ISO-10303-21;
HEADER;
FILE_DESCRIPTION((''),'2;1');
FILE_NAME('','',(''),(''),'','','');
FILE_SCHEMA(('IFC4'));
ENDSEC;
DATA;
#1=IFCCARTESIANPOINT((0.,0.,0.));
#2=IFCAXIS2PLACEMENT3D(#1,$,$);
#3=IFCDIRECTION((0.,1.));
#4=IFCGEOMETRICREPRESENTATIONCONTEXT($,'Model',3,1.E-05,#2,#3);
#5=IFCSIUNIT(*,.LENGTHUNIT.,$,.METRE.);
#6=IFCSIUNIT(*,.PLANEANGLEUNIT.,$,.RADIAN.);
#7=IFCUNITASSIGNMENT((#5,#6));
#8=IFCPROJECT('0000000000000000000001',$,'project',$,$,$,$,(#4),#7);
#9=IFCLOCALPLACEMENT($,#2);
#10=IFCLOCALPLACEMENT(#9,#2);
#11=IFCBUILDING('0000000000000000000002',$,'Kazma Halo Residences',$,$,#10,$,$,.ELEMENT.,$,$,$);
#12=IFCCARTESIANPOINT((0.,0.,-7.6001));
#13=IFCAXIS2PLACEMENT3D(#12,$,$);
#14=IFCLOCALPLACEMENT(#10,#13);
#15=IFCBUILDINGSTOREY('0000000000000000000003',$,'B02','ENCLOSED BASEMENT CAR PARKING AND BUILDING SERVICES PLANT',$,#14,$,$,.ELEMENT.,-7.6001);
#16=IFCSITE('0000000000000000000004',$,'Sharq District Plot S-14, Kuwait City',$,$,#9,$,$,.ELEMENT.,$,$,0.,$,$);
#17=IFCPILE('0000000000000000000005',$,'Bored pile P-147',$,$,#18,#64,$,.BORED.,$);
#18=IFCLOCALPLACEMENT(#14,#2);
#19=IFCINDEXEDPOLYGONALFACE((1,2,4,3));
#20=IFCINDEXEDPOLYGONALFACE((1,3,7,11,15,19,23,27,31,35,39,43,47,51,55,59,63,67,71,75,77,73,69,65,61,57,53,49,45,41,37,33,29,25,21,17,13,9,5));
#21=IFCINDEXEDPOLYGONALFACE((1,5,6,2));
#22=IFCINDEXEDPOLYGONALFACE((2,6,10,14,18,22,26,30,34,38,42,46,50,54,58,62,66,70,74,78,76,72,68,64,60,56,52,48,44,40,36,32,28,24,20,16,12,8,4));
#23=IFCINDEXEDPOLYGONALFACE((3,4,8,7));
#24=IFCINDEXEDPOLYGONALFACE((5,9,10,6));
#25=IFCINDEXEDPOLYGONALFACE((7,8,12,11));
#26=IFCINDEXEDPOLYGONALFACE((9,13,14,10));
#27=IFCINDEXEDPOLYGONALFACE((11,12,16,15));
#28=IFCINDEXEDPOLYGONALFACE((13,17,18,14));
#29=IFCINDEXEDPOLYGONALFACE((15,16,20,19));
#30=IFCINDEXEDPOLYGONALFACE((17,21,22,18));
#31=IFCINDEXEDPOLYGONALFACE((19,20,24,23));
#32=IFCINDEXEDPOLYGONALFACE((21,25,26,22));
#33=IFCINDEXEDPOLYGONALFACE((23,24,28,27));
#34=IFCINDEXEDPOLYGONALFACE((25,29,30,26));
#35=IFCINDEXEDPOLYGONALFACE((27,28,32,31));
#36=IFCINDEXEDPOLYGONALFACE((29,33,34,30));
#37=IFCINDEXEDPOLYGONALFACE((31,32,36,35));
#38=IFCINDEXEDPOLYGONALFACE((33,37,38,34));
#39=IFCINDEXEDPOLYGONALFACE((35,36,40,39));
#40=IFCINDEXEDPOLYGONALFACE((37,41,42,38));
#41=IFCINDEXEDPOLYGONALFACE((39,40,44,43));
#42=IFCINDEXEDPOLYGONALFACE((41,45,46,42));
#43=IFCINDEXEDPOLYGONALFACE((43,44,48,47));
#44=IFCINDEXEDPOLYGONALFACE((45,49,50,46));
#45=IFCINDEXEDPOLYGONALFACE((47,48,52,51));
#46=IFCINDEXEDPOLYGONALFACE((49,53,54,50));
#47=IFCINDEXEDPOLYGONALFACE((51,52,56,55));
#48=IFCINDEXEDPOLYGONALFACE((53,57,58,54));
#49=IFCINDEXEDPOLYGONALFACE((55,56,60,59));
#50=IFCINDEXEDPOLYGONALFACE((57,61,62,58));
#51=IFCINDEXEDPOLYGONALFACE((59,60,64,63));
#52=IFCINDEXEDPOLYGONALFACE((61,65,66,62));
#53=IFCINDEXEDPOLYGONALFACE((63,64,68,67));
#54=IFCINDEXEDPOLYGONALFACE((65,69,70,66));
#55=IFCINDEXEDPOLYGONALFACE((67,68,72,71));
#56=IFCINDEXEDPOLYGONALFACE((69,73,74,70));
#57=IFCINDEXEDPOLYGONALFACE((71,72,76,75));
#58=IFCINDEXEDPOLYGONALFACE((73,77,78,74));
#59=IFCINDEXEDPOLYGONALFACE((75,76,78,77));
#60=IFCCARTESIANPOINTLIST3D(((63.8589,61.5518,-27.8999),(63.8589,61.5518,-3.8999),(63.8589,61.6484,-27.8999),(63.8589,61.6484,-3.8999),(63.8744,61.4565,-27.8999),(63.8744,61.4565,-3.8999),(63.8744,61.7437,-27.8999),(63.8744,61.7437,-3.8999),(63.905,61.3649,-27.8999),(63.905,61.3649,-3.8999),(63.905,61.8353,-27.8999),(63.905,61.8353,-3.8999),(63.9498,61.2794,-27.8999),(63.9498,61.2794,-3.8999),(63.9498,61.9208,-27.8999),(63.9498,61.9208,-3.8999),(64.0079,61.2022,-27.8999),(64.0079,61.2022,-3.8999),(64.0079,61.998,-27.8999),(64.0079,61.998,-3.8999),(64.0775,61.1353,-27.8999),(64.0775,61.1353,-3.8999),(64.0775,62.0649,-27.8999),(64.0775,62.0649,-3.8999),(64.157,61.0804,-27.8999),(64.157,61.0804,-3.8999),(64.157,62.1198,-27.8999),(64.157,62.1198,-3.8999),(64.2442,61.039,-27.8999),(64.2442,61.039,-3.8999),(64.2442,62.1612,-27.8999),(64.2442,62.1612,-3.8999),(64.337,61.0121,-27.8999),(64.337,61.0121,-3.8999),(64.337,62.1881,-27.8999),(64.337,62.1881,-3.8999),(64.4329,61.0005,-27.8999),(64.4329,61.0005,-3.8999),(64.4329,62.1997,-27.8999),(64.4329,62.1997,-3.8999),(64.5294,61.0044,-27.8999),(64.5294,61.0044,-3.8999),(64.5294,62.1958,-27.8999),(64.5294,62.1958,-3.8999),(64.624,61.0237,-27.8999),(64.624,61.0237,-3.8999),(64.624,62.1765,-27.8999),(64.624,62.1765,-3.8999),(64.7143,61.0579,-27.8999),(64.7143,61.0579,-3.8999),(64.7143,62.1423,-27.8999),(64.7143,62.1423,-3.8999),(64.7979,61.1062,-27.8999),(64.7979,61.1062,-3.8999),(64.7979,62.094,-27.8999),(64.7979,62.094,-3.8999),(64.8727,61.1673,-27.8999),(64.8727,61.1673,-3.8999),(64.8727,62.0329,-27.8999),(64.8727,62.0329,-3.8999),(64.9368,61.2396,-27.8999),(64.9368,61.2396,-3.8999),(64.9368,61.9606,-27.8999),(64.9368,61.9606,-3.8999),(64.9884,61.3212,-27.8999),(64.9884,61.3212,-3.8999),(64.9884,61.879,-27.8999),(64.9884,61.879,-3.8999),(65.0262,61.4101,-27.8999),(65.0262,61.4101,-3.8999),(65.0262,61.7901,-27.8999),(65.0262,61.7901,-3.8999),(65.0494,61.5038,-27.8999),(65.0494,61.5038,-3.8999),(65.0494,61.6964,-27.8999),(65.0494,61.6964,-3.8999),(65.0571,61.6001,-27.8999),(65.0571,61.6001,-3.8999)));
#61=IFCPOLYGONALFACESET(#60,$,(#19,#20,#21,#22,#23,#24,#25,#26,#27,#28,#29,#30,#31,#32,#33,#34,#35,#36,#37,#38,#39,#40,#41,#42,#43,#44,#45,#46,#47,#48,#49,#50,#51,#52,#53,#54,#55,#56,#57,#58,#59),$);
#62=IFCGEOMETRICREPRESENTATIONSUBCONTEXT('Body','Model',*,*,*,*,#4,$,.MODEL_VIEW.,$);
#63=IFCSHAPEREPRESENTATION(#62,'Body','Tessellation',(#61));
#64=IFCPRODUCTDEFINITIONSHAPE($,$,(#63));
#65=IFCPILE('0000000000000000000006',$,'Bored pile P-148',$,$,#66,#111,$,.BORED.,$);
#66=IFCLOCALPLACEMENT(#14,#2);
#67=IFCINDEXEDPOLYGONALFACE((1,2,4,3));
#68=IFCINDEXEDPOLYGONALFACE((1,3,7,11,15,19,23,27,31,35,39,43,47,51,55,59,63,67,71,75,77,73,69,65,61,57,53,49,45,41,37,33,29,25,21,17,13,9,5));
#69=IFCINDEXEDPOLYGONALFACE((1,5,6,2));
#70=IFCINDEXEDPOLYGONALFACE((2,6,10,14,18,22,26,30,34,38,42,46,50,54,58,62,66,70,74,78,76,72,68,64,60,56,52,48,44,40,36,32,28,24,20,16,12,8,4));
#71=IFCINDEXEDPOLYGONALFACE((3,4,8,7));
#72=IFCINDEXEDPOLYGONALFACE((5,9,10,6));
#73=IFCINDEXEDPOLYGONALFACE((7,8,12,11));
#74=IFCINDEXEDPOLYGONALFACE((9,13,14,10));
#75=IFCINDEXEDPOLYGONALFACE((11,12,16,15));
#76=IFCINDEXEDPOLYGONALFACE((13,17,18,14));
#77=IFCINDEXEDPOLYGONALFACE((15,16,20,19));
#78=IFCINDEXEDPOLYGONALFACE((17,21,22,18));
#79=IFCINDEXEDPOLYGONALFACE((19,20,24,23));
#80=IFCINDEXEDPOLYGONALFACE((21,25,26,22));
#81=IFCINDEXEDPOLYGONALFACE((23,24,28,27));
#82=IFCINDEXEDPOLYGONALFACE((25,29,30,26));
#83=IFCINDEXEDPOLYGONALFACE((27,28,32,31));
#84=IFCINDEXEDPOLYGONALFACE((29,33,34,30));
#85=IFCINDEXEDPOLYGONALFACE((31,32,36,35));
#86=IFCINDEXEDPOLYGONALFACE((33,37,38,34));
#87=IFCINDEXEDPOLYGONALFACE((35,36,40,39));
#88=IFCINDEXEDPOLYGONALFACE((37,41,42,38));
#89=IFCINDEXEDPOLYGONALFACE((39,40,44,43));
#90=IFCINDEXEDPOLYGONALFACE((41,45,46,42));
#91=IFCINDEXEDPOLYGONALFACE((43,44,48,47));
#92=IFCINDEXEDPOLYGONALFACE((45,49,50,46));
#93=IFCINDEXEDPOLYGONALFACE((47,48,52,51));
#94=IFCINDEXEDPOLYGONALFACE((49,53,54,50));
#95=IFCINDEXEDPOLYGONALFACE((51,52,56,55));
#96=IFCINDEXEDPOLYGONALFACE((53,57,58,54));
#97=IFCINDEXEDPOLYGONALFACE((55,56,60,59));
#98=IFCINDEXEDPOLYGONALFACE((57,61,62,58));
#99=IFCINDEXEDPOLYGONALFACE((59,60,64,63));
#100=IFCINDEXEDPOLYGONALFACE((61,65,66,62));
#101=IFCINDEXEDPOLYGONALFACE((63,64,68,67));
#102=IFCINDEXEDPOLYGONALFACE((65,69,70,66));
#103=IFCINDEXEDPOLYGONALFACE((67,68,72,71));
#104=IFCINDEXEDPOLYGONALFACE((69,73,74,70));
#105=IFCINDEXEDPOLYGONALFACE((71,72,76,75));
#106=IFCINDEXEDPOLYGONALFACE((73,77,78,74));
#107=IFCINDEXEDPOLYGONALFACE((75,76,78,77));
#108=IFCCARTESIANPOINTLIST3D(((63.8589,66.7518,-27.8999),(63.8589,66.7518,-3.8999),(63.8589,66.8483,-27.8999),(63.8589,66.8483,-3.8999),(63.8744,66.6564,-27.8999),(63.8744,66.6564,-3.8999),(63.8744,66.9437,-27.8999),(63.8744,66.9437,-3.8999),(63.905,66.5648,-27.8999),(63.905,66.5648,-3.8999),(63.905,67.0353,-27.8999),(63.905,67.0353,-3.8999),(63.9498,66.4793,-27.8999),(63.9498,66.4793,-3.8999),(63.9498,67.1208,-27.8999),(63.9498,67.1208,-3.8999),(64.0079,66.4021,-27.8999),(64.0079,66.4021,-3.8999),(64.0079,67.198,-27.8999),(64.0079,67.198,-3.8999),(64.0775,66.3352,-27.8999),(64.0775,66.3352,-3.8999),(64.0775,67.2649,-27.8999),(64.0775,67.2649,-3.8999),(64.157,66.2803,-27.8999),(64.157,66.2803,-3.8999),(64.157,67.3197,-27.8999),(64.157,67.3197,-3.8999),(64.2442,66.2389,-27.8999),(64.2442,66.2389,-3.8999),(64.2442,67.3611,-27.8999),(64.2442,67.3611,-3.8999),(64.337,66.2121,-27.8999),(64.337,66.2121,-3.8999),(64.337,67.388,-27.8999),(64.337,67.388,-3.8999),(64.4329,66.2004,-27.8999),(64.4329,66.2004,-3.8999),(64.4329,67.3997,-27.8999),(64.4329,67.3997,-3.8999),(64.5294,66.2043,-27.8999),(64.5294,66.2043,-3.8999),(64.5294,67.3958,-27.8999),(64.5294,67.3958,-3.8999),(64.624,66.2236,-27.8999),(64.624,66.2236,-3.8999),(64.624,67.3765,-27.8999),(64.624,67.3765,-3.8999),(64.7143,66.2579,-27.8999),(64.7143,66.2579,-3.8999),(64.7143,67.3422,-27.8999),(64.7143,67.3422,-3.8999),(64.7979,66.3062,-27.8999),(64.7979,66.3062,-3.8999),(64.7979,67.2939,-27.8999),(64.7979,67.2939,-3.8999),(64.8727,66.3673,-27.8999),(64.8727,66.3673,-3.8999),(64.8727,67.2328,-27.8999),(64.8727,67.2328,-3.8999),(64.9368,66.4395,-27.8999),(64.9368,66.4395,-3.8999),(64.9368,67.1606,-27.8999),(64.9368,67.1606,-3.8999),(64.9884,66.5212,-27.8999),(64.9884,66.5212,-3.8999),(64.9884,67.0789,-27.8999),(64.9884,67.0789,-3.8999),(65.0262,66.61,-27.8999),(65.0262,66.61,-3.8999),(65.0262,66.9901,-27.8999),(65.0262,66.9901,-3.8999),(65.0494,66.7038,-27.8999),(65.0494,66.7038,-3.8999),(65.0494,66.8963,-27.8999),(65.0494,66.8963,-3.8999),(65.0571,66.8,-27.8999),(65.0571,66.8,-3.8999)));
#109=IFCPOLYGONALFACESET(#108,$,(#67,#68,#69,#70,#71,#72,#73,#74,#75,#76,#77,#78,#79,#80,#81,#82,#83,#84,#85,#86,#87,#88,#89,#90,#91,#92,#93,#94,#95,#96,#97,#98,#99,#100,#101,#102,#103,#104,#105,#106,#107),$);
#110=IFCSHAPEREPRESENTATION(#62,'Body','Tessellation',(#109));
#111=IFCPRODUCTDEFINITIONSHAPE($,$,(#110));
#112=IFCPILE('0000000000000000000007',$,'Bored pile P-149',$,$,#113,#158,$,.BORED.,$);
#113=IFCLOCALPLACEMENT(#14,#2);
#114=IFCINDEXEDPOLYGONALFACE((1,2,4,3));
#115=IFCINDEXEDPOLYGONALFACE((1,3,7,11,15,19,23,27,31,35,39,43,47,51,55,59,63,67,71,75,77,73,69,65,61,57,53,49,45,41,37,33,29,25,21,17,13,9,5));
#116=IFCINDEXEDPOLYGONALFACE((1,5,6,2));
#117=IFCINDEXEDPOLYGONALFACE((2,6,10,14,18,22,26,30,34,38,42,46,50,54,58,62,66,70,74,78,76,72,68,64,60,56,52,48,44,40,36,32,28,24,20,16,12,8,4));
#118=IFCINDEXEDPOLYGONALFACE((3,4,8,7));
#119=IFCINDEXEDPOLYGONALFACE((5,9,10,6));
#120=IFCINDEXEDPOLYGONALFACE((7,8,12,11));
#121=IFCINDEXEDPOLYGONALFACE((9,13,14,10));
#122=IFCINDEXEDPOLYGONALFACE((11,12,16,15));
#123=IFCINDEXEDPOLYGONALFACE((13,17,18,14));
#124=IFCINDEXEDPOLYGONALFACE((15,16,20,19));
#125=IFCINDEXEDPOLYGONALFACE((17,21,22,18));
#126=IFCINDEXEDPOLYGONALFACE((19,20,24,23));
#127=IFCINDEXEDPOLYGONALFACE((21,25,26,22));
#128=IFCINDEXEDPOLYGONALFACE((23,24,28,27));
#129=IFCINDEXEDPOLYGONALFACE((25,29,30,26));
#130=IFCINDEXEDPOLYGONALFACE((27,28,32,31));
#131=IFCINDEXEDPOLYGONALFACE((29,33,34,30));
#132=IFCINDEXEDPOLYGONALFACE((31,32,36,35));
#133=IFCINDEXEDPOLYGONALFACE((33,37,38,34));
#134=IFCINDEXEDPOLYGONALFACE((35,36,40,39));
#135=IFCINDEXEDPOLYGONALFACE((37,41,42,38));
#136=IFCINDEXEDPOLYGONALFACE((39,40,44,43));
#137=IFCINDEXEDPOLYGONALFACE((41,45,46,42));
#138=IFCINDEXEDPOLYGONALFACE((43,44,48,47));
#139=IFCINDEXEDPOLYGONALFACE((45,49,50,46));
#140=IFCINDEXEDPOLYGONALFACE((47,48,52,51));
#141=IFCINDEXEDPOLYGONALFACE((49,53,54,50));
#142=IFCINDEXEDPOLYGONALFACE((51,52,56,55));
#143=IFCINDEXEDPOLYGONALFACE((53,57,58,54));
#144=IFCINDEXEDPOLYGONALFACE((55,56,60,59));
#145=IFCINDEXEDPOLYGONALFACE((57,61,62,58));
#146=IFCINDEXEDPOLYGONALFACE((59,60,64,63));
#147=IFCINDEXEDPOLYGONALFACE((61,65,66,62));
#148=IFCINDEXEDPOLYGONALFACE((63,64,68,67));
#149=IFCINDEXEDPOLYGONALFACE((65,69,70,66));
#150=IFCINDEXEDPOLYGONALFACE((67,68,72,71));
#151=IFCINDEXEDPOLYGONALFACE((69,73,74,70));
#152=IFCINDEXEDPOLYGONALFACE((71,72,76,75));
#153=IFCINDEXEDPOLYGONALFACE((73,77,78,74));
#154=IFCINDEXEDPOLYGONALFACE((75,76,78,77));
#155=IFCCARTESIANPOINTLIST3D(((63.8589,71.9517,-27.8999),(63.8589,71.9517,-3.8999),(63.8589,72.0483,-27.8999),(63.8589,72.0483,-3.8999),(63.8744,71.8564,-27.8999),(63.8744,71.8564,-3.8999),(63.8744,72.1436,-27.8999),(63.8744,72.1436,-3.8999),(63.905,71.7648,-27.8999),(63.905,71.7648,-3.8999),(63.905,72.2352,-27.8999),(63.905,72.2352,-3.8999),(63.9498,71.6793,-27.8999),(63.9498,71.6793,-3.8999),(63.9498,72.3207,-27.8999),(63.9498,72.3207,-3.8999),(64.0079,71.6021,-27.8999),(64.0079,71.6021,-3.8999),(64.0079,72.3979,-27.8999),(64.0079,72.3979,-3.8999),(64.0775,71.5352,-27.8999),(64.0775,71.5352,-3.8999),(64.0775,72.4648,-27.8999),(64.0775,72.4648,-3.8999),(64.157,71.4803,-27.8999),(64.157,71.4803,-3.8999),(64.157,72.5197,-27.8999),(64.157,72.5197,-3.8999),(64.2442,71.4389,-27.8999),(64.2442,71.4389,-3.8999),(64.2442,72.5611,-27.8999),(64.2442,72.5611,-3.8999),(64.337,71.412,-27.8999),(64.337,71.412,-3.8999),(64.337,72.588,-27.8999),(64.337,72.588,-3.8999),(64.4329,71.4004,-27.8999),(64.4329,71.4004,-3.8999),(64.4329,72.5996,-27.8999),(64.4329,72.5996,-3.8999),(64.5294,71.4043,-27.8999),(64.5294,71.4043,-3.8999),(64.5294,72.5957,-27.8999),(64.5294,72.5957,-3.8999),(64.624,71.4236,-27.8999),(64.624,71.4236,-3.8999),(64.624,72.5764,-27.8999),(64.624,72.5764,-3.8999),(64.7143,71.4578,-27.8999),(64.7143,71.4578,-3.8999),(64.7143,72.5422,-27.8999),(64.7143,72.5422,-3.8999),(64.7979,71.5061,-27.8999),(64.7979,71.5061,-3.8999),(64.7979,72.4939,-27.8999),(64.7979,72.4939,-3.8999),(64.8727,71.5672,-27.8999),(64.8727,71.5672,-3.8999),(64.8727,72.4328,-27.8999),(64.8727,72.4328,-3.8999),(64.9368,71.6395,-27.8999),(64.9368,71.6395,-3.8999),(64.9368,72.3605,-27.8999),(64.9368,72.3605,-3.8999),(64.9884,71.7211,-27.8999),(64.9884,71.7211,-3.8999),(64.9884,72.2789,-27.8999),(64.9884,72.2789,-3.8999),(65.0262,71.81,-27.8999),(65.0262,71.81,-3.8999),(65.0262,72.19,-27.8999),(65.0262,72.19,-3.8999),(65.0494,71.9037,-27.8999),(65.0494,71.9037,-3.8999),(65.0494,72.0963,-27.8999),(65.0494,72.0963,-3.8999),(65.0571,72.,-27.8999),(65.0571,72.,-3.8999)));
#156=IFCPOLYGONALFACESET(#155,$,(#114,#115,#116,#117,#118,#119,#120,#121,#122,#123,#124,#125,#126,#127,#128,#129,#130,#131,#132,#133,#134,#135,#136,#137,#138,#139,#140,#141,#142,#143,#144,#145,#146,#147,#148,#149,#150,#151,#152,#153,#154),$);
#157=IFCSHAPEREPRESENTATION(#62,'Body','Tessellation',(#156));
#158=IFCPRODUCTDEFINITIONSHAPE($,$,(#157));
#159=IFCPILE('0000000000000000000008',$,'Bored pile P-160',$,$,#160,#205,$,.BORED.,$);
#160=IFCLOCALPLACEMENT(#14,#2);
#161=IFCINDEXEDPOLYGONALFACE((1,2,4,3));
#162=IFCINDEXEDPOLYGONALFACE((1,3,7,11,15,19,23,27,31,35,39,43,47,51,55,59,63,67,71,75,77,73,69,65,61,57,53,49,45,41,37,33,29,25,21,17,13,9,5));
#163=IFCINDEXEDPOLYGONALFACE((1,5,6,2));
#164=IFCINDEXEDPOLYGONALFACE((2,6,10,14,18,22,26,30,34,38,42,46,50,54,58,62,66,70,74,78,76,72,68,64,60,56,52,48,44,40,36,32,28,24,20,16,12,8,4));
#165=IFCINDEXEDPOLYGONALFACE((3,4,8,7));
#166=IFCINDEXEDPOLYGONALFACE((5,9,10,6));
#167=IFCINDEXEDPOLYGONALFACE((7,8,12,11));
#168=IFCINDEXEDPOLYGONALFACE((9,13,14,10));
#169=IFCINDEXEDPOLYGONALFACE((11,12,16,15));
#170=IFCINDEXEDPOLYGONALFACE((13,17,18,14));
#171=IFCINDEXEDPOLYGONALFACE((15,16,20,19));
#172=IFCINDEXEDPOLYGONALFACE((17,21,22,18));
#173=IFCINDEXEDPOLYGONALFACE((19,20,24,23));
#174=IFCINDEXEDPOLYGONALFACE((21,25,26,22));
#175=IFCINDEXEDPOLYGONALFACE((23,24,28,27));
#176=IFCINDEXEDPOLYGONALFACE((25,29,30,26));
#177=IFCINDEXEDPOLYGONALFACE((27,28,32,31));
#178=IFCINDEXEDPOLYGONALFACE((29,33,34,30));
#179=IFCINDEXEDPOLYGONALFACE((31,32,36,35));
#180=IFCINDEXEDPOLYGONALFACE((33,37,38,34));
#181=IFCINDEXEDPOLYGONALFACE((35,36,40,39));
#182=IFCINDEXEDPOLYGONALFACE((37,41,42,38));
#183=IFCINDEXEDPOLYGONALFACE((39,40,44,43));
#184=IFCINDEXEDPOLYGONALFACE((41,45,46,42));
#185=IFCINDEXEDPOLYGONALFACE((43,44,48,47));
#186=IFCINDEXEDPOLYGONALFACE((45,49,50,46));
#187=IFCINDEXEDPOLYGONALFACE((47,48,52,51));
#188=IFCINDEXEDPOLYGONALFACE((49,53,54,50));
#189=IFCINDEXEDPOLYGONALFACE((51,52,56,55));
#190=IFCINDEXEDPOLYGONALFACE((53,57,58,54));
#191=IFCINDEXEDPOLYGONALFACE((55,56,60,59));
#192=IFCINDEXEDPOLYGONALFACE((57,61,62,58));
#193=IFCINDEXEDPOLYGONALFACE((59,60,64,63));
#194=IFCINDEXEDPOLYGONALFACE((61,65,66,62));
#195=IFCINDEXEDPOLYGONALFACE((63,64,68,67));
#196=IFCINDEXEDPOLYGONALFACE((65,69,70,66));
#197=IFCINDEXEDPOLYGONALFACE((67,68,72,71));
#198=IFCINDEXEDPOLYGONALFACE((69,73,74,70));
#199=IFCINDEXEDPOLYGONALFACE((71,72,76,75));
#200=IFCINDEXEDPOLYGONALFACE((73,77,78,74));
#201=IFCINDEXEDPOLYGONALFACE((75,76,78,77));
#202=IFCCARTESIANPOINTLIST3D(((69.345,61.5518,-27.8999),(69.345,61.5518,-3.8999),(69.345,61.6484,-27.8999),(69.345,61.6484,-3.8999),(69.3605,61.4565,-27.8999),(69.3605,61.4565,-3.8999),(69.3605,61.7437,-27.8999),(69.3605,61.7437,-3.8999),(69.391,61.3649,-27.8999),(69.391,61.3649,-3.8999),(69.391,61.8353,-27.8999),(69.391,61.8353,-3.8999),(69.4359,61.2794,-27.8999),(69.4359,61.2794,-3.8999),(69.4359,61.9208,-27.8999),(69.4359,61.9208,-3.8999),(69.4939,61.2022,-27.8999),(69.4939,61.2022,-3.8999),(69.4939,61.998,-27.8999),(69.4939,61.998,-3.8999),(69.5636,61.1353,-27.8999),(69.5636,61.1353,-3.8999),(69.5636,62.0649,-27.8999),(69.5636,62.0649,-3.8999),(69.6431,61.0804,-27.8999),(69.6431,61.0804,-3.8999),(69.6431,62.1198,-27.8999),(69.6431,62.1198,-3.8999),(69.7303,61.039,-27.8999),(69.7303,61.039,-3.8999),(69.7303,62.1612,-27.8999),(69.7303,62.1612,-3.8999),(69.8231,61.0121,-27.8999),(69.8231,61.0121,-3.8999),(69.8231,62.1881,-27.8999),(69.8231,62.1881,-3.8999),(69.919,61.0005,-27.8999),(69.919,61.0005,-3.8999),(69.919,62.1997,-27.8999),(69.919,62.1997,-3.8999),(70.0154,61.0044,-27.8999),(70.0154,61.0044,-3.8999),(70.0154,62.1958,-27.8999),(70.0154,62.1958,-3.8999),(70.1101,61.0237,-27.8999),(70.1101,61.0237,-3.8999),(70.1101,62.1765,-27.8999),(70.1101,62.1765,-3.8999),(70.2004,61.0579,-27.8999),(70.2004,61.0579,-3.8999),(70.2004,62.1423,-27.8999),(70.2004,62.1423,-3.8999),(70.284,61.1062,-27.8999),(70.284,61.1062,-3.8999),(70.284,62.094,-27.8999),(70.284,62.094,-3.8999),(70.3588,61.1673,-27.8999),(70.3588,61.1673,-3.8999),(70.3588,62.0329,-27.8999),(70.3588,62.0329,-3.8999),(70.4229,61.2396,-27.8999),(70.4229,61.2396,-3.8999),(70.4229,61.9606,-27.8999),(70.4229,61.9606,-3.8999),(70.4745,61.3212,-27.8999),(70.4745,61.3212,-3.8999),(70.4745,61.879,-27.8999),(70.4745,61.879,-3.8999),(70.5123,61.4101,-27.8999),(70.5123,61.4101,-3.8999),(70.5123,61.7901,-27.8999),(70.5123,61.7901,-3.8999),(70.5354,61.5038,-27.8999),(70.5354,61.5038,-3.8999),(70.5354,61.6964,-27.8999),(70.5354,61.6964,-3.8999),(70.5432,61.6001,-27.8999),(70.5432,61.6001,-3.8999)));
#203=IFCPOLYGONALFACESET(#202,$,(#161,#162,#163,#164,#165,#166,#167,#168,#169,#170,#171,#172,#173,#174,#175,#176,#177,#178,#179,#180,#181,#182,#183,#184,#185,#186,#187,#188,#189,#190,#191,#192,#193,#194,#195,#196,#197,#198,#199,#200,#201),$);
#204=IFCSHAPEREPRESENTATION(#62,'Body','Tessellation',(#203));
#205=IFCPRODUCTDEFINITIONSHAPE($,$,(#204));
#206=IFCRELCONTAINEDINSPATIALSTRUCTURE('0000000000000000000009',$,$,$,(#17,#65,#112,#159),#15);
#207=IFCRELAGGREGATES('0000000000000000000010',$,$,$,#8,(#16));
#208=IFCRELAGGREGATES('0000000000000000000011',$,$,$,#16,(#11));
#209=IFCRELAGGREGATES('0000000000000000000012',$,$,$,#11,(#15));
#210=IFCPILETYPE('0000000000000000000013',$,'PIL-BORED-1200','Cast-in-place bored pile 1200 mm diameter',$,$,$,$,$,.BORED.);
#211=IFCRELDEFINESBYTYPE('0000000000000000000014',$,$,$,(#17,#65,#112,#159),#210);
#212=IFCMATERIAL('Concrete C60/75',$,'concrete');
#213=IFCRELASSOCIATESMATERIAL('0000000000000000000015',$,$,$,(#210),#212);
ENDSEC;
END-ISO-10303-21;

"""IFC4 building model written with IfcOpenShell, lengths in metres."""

from ifc_helpers import new_model, si_unit, direction, frame, origin, origin_2d, place, context, subcontext, project, spatial, circle, extrude, material, material_profile, profile_set, type_object, element, save


model = new_model("IFC4")

# Units and contexts
model_context = context("Model", 3, precision=1e-05, world=origin(), true_north=direction((0.0, 1.0)))
body_context = subcontext(model_context, "Body", "Model", "MODEL_VIEW")
ifc_project = project(units=[si_unit("LENGTHUNIT", "METRE"), si_unit("PLANEANGLEUNIT", "RADIAN")], contexts=[model_context])

# Site, building, storey
site_placement = place(None, origin())
site = spatial("IfcSite", under=ifc_project, at=site_placement, Name="Sharq District Plot S-14, Kuwait City", CompositionType="ELEMENT", RefElevation=0.0)
building_placement = place(site_placement, origin())
building = spatial("IfcBuilding", under=site, at=building_placement, Name="Kazma Halo Residences", CompositionType="ELEMENT")
storey_placement = place(building_placement, frame((0.0, 0.0, -7.6001)))
storey = spatial("IfcBuildingStorey", under=building, at=storey_placement, Name="B02", Description="ENCLOSED BASEMENT CAR PARKING AND BUILDING SERVICES PLANT", CompositionType="ELEMENT", Elevation=-7.6001)

# Piles
ifc_material_1 = material(Name="Concrete C60/75", Category="concrete")
ifc_material_profile_1 = material_profile(ifc_material_1, circle(Radius=0.6001, at=origin_2d()), Name="CIRC1200")
ifc_profile_set_1 = profile_set([ifc_material_profile_1], Name="Concrete C60/75")
pile_type = type_object("IfcPileType", Name="PIL-BORED-1200", Description="Cast-in-place bored pile 1200 mm diameter", PredefinedType="BORED", material=ifc_profile_set_1)
for number, where, z_axis, x_axis, name in (
    (1, (64.457, 61.6001, -3.8999), (0.0, 0.0, -1.0), (1.0, 0.0, 0.0), "Bored pile P-147"),
    (2, (64.457, 66.8, -3.8999), (0.0, 0.0, -1.0), (1.0, 0.0, 0.0), "Bored pile P-148"),
    (3, (64.457, 72.0, -3.8999), (0.0, 0.0, -1.0), (1.0, 0.0, 0.0), "Bored pile P-149"),
    (4, (69.9431, 61.6001, -3.8999), (0.0, 0.0, -1.0), (1.0, 0.0, 0.0), "Bored pile P-160"),
):
    element("IfcPile", number, at=place(storey_placement, frame(where, z_axis=z_axis, x_axis=x_axis)), inside=storey, type_object=pile_type, Name=name, PredefinedType="BORED", context=body_context, shape_type="SweptSolid", body=[
        extrude(circle(Radius=0.6001, at=origin_2d()), origin(), (0.0, 0.0, 1.0), 24.0),
    ])

save(model, "model.ifc")
